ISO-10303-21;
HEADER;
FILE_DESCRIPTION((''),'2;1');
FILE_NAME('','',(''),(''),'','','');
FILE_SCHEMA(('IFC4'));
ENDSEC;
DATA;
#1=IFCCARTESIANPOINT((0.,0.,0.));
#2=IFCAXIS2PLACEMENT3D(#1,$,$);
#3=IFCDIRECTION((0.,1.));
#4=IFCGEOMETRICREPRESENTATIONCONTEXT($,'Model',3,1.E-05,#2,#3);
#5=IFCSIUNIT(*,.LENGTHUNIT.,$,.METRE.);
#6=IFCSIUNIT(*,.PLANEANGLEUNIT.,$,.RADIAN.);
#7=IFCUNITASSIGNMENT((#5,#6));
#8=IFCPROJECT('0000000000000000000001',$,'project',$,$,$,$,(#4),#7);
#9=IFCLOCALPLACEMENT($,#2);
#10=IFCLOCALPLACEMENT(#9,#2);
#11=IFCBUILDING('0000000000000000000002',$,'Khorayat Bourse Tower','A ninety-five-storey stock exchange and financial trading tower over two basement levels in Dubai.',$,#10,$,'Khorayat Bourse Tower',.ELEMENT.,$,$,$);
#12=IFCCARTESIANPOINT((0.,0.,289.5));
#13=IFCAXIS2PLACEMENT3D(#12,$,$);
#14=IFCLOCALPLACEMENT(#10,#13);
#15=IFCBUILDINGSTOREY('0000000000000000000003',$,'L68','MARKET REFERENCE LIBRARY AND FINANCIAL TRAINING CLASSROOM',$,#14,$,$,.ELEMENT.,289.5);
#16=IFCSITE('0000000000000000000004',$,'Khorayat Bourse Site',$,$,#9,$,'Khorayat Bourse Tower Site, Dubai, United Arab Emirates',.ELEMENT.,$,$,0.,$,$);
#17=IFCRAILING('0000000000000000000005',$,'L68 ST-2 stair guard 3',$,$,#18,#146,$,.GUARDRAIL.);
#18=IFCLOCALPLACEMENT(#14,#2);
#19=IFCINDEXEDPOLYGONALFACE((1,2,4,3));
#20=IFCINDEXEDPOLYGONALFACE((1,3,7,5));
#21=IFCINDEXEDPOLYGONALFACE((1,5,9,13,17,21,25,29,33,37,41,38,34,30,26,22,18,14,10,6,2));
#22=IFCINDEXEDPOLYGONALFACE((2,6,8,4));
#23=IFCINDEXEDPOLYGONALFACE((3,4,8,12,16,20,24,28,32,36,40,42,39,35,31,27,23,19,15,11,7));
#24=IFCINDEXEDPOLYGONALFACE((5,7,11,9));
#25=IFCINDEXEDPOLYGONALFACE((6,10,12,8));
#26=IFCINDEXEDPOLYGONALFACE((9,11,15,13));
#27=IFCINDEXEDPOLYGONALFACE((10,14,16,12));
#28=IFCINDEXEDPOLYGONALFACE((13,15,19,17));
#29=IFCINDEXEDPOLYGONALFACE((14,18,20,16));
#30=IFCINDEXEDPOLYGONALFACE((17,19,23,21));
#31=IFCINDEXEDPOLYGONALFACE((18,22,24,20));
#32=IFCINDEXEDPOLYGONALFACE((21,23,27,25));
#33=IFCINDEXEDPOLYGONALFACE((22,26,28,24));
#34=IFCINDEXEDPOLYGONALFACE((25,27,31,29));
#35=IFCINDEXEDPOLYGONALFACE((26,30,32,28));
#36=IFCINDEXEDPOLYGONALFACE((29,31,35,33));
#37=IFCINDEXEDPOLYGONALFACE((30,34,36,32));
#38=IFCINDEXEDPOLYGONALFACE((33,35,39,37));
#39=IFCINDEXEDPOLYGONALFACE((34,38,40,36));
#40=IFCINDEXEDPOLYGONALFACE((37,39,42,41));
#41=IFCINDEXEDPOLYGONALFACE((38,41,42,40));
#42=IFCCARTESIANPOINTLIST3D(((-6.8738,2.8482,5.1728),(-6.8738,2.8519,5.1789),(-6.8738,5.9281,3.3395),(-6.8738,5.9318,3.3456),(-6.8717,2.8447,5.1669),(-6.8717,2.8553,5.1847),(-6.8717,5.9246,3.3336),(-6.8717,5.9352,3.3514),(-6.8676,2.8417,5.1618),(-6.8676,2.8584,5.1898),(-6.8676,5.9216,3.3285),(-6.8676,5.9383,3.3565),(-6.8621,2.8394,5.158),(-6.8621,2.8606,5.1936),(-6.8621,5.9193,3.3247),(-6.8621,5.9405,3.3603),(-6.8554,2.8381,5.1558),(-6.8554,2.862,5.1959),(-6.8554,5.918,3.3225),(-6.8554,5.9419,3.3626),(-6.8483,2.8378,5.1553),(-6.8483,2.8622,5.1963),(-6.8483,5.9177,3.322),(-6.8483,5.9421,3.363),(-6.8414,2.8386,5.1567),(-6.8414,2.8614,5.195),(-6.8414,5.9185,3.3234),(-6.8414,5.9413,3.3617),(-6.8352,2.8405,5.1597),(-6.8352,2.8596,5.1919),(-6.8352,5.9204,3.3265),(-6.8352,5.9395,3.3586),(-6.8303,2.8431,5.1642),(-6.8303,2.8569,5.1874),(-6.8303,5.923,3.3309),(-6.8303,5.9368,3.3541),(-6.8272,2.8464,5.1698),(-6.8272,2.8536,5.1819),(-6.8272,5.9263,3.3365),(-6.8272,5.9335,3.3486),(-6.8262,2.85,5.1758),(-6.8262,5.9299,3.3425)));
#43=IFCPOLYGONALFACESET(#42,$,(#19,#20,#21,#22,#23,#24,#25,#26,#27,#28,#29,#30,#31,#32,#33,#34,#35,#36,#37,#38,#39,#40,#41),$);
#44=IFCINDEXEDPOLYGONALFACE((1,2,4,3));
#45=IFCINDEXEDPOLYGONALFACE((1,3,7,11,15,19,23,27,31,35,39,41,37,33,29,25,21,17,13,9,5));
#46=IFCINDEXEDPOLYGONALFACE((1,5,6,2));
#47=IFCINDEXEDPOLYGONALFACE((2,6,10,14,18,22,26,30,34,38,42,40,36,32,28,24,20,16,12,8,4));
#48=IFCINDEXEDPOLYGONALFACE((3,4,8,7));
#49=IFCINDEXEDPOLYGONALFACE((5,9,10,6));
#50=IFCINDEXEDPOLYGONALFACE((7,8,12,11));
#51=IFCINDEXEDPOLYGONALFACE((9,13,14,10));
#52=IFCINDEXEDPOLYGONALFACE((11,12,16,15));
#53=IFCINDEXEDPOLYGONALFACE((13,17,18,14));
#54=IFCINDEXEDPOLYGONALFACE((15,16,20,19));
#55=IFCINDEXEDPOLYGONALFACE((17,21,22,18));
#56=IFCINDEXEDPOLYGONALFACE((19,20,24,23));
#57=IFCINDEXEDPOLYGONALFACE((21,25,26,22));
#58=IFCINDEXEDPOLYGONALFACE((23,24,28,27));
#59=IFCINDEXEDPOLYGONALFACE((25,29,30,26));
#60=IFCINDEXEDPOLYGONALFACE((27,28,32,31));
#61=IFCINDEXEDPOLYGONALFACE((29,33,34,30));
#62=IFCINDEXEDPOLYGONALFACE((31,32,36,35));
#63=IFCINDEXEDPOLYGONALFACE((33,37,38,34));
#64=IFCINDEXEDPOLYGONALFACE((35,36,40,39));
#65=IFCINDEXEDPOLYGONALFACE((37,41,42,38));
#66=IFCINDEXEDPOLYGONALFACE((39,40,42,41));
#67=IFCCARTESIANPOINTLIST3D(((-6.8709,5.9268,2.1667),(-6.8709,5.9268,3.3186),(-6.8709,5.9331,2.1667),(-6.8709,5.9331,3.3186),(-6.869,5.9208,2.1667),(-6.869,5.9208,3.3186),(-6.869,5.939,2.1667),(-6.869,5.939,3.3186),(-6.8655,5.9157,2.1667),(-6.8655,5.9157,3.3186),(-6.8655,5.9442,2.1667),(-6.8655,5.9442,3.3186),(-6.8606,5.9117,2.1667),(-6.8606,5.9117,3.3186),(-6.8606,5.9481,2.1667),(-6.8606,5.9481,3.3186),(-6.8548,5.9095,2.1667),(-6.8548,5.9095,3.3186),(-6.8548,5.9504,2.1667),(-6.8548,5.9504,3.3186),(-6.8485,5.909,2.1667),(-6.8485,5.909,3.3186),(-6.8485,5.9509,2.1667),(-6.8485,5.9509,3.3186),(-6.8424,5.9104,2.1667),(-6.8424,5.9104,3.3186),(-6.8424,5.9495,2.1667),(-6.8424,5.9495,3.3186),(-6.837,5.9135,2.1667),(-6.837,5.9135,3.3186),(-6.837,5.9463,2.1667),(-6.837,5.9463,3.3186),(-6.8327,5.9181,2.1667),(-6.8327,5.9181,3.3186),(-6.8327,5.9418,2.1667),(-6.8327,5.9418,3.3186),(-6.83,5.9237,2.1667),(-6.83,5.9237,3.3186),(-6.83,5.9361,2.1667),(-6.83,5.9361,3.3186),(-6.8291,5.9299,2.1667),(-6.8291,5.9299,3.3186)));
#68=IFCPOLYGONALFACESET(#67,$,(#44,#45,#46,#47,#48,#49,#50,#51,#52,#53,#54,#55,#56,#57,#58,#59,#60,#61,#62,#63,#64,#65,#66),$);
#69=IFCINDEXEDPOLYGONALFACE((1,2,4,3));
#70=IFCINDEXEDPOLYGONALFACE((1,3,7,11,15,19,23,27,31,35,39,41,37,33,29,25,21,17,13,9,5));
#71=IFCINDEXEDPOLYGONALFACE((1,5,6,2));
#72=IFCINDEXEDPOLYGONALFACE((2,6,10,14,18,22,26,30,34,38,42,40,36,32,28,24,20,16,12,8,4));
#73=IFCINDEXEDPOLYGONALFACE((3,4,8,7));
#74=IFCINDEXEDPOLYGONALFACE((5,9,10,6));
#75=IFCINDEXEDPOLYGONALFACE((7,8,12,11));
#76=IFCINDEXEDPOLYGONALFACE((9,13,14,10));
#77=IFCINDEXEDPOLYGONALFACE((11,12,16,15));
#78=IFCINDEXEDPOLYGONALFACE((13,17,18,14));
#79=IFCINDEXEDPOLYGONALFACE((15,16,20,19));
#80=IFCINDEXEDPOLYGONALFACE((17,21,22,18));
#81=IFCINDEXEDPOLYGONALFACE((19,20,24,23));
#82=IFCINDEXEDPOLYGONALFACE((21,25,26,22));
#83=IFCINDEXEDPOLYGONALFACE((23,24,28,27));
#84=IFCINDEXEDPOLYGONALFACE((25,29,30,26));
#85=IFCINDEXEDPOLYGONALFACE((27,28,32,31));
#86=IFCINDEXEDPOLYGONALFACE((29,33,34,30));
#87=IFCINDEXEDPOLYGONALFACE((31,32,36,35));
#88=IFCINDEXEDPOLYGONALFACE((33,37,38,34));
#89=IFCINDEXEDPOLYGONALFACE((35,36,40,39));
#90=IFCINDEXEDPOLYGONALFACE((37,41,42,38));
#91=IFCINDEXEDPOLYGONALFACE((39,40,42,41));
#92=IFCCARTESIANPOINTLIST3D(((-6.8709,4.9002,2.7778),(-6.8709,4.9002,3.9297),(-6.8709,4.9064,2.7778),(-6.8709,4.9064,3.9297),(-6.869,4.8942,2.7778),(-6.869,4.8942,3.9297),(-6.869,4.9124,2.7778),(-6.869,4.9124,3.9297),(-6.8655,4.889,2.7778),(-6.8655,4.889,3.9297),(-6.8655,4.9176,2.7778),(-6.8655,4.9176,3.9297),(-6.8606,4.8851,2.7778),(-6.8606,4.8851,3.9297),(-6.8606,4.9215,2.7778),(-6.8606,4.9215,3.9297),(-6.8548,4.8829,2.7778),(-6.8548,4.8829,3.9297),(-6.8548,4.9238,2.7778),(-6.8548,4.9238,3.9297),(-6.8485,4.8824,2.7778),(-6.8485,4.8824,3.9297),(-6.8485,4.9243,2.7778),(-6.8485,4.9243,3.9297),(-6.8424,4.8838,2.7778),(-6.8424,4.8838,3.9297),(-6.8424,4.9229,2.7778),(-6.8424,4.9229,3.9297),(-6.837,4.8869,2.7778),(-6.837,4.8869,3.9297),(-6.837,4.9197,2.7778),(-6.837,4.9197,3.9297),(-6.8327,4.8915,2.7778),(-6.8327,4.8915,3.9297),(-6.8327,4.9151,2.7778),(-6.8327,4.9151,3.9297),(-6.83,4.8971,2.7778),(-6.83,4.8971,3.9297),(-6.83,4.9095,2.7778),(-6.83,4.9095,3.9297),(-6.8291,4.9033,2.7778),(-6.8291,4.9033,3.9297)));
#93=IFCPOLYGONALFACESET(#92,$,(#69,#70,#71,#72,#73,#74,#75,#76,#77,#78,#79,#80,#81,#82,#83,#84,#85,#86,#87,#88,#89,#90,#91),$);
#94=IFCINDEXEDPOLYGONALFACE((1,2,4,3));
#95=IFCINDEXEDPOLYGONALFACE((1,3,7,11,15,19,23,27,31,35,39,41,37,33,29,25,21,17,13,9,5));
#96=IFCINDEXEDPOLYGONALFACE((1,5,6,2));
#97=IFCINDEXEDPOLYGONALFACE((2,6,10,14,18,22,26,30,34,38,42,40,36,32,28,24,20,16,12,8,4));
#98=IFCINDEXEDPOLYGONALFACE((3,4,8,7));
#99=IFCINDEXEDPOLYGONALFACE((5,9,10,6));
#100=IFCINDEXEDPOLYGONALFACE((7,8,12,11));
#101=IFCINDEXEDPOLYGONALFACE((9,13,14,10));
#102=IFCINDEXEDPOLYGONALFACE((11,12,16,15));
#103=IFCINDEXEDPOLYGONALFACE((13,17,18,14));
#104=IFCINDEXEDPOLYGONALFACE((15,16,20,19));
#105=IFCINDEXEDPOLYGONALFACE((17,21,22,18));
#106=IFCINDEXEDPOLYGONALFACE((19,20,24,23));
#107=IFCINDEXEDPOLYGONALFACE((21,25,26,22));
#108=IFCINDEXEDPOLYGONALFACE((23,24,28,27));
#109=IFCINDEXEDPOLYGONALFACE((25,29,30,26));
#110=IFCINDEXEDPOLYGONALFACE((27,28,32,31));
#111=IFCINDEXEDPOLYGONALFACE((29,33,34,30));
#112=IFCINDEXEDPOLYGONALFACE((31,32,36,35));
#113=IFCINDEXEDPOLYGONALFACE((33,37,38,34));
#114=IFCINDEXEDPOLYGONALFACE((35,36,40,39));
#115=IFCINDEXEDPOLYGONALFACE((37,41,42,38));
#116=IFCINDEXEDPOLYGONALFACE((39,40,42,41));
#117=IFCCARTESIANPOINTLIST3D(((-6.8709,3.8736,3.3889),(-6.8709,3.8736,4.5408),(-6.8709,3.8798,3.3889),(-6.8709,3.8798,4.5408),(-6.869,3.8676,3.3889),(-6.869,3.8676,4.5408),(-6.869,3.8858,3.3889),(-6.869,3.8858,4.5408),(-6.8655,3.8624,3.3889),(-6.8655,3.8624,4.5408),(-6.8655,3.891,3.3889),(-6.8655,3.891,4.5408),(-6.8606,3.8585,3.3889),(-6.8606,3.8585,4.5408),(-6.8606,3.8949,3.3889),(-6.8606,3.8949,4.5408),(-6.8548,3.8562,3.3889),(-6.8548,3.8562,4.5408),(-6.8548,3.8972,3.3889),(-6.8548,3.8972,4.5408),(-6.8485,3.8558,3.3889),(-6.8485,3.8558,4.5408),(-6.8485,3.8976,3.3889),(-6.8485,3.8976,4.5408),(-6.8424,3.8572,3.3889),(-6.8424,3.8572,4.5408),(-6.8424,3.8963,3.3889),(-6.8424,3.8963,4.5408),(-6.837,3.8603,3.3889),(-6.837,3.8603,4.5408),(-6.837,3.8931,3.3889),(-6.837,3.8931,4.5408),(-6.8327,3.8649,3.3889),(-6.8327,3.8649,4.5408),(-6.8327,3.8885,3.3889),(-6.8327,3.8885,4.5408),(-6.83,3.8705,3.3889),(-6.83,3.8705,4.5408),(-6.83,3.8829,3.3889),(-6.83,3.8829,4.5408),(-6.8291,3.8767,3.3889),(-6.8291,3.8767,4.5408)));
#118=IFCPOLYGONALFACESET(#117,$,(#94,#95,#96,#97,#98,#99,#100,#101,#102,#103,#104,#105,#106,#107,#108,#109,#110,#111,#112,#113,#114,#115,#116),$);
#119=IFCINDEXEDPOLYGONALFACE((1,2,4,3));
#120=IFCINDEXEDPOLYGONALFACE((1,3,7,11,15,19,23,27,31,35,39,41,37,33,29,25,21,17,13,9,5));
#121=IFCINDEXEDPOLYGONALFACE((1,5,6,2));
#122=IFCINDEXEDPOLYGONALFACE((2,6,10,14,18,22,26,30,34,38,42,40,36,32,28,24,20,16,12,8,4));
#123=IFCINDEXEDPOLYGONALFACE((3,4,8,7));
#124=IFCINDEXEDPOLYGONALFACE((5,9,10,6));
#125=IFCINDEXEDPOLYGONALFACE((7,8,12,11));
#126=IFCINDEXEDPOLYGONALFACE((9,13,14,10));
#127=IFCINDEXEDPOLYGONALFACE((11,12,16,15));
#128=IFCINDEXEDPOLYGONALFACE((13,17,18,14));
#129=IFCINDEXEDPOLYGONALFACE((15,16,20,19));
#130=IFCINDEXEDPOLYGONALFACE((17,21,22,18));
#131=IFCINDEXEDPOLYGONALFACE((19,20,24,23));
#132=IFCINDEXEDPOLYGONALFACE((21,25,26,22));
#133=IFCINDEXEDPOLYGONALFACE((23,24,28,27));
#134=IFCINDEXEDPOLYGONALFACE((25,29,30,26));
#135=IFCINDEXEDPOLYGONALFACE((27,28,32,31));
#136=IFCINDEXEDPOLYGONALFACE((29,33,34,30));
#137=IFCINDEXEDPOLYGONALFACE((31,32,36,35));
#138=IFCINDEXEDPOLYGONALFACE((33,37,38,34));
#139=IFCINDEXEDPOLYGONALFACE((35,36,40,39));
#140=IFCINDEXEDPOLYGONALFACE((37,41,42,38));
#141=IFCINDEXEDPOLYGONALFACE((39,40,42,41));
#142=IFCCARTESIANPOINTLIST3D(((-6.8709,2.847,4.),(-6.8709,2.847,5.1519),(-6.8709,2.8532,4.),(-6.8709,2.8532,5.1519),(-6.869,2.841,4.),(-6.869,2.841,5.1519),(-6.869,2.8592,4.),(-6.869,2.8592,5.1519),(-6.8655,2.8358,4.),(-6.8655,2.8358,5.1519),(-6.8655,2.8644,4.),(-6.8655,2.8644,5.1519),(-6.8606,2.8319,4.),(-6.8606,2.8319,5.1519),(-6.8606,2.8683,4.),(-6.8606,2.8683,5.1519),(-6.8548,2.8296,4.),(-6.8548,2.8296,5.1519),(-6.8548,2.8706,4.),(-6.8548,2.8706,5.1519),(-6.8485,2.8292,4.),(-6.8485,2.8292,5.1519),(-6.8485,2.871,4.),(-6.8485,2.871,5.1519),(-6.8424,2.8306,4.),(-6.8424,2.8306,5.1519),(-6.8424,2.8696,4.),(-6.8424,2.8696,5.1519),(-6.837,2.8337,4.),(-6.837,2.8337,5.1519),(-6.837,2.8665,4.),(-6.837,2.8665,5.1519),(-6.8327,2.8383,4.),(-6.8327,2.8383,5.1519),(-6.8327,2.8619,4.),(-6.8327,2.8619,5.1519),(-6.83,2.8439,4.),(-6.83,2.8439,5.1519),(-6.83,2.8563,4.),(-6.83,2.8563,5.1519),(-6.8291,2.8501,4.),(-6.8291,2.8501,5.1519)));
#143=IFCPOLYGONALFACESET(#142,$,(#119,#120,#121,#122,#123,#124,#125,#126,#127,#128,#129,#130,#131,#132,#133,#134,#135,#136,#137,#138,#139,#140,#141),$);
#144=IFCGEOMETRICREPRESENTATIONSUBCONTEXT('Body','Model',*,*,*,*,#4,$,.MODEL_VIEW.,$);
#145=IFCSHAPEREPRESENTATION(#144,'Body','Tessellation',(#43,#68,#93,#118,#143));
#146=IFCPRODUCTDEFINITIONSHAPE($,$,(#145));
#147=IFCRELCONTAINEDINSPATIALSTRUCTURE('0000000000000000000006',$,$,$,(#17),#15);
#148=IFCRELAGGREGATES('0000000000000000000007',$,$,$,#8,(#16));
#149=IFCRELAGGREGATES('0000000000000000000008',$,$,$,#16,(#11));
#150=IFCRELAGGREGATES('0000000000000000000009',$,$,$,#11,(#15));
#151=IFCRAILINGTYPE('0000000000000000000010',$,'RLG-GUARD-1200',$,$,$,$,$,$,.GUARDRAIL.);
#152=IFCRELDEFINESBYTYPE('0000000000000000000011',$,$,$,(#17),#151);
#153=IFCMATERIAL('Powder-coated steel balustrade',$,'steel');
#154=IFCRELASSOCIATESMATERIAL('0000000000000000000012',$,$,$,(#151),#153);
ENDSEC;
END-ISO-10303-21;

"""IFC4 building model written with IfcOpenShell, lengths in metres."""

from ifc_helpers import new_model, si_unit, direction, frame, origin, origin_2d, place, context, subcontext, project, spatial, circle, extrude, source, transform, mapped, material, type_object, element, save


model = new_model("IFC4")

# Units and contexts
model_context = context("Model", 3, precision=1e-05, world=origin(), true_north=direction((0.0, 1.0)))
body_context = subcontext(model_context, "Body", "Model", "MODEL_VIEW")
ifc_project = project(units=[si_unit("LENGTHUNIT", "METRE"), si_unit("PLANEANGLEUNIT", "RADIAN")], contexts=[model_context])

# Site, building, storey
site_placement = place(None, origin())
site = spatial("IfcSite", under=ifc_project, at=site_placement, Name="Khorayat Bourse Site", LongName="Khorayat Bourse Tower Site, Dubai, United Arab Emirates", CompositionType="ELEMENT", RefElevation=0.0)
building_placement = place(site_placement, origin())
building = spatial("IfcBuilding", under=site, at=building_placement, Name="Khorayat Bourse Tower", Description="A ninety-five-storey stock exchange and financial trading tower over two basement levels in Dubai.", LongName="Khorayat Bourse Tower", CompositionType="ELEMENT")
storey_placement = place(building_placement, frame((0.0, 0.0, 289.5)))
storey = spatial("IfcBuildingStorey", under=building, at=storey_placement, Name="L68", Description="MARKET REFERENCE LIBRARY AND FINANCIAL TRAINING CLASSROOM", CompositionType="ELEMENT", Elevation=289.5)

# Railing
ifc_material_1 = material(Name="Powder-coated steel balustrade", Category="steel")
railing_type_1 = type_object("IfcRailingType", Name="RLG-GUARD-1200", PredefinedType="GUARDRAIL", material=ifc_material_1)
shared_shape_1 = source(origin(), body_context, "Body", "SweptSolid", [
    extrude(circle(Radius=0.0239, at=origin_2d()), frame((0.0, 0.0, 1.1758), z_axis=(0.0, -0.859291, 0.511487), x_axis=(1.0, 0.0, 0.0)), (0.0, 0.0, 1.0), 3.5842),
    extrude(circle(Radius=0.021, at=origin_2d()), origin(), (0.0, 0.0, 1.0), 1.1519),
    extrude(circle(Radius=0.021, at=origin_2d()), frame((0.0, -1.0266, 0.6111)), (0.0, 0.0, 1.0), 1.1519),
    extrude(circle(Radius=0.021, at=origin_2d()), frame((0.0, -2.0532, 1.2222)), (0.0, 0.0, 1.0), 1.1519),
    extrude(circle(Radius=0.021, at=origin_2d()), frame((0.0, -3.0798, 1.8333)), (0.0, 0.0, 1.0), 1.1519),
])
railing_1_placement = place(storey_placement, frame((-6.8501, 5.9299, 2.1667)))
element("IfcRailing", 1, at=railing_1_placement, inside=storey, type_object=railing_type_1, Name="L68 ST-2 stair guard 3", PredefinedType="GUARDRAIL", context=body_context, shape_type="MappedRepresentation", body=[
    mapped(shared_shape_1, transform((0.0, 0.0, 0.0), scale=1.0)),
])

save(model, "model.ifc")
